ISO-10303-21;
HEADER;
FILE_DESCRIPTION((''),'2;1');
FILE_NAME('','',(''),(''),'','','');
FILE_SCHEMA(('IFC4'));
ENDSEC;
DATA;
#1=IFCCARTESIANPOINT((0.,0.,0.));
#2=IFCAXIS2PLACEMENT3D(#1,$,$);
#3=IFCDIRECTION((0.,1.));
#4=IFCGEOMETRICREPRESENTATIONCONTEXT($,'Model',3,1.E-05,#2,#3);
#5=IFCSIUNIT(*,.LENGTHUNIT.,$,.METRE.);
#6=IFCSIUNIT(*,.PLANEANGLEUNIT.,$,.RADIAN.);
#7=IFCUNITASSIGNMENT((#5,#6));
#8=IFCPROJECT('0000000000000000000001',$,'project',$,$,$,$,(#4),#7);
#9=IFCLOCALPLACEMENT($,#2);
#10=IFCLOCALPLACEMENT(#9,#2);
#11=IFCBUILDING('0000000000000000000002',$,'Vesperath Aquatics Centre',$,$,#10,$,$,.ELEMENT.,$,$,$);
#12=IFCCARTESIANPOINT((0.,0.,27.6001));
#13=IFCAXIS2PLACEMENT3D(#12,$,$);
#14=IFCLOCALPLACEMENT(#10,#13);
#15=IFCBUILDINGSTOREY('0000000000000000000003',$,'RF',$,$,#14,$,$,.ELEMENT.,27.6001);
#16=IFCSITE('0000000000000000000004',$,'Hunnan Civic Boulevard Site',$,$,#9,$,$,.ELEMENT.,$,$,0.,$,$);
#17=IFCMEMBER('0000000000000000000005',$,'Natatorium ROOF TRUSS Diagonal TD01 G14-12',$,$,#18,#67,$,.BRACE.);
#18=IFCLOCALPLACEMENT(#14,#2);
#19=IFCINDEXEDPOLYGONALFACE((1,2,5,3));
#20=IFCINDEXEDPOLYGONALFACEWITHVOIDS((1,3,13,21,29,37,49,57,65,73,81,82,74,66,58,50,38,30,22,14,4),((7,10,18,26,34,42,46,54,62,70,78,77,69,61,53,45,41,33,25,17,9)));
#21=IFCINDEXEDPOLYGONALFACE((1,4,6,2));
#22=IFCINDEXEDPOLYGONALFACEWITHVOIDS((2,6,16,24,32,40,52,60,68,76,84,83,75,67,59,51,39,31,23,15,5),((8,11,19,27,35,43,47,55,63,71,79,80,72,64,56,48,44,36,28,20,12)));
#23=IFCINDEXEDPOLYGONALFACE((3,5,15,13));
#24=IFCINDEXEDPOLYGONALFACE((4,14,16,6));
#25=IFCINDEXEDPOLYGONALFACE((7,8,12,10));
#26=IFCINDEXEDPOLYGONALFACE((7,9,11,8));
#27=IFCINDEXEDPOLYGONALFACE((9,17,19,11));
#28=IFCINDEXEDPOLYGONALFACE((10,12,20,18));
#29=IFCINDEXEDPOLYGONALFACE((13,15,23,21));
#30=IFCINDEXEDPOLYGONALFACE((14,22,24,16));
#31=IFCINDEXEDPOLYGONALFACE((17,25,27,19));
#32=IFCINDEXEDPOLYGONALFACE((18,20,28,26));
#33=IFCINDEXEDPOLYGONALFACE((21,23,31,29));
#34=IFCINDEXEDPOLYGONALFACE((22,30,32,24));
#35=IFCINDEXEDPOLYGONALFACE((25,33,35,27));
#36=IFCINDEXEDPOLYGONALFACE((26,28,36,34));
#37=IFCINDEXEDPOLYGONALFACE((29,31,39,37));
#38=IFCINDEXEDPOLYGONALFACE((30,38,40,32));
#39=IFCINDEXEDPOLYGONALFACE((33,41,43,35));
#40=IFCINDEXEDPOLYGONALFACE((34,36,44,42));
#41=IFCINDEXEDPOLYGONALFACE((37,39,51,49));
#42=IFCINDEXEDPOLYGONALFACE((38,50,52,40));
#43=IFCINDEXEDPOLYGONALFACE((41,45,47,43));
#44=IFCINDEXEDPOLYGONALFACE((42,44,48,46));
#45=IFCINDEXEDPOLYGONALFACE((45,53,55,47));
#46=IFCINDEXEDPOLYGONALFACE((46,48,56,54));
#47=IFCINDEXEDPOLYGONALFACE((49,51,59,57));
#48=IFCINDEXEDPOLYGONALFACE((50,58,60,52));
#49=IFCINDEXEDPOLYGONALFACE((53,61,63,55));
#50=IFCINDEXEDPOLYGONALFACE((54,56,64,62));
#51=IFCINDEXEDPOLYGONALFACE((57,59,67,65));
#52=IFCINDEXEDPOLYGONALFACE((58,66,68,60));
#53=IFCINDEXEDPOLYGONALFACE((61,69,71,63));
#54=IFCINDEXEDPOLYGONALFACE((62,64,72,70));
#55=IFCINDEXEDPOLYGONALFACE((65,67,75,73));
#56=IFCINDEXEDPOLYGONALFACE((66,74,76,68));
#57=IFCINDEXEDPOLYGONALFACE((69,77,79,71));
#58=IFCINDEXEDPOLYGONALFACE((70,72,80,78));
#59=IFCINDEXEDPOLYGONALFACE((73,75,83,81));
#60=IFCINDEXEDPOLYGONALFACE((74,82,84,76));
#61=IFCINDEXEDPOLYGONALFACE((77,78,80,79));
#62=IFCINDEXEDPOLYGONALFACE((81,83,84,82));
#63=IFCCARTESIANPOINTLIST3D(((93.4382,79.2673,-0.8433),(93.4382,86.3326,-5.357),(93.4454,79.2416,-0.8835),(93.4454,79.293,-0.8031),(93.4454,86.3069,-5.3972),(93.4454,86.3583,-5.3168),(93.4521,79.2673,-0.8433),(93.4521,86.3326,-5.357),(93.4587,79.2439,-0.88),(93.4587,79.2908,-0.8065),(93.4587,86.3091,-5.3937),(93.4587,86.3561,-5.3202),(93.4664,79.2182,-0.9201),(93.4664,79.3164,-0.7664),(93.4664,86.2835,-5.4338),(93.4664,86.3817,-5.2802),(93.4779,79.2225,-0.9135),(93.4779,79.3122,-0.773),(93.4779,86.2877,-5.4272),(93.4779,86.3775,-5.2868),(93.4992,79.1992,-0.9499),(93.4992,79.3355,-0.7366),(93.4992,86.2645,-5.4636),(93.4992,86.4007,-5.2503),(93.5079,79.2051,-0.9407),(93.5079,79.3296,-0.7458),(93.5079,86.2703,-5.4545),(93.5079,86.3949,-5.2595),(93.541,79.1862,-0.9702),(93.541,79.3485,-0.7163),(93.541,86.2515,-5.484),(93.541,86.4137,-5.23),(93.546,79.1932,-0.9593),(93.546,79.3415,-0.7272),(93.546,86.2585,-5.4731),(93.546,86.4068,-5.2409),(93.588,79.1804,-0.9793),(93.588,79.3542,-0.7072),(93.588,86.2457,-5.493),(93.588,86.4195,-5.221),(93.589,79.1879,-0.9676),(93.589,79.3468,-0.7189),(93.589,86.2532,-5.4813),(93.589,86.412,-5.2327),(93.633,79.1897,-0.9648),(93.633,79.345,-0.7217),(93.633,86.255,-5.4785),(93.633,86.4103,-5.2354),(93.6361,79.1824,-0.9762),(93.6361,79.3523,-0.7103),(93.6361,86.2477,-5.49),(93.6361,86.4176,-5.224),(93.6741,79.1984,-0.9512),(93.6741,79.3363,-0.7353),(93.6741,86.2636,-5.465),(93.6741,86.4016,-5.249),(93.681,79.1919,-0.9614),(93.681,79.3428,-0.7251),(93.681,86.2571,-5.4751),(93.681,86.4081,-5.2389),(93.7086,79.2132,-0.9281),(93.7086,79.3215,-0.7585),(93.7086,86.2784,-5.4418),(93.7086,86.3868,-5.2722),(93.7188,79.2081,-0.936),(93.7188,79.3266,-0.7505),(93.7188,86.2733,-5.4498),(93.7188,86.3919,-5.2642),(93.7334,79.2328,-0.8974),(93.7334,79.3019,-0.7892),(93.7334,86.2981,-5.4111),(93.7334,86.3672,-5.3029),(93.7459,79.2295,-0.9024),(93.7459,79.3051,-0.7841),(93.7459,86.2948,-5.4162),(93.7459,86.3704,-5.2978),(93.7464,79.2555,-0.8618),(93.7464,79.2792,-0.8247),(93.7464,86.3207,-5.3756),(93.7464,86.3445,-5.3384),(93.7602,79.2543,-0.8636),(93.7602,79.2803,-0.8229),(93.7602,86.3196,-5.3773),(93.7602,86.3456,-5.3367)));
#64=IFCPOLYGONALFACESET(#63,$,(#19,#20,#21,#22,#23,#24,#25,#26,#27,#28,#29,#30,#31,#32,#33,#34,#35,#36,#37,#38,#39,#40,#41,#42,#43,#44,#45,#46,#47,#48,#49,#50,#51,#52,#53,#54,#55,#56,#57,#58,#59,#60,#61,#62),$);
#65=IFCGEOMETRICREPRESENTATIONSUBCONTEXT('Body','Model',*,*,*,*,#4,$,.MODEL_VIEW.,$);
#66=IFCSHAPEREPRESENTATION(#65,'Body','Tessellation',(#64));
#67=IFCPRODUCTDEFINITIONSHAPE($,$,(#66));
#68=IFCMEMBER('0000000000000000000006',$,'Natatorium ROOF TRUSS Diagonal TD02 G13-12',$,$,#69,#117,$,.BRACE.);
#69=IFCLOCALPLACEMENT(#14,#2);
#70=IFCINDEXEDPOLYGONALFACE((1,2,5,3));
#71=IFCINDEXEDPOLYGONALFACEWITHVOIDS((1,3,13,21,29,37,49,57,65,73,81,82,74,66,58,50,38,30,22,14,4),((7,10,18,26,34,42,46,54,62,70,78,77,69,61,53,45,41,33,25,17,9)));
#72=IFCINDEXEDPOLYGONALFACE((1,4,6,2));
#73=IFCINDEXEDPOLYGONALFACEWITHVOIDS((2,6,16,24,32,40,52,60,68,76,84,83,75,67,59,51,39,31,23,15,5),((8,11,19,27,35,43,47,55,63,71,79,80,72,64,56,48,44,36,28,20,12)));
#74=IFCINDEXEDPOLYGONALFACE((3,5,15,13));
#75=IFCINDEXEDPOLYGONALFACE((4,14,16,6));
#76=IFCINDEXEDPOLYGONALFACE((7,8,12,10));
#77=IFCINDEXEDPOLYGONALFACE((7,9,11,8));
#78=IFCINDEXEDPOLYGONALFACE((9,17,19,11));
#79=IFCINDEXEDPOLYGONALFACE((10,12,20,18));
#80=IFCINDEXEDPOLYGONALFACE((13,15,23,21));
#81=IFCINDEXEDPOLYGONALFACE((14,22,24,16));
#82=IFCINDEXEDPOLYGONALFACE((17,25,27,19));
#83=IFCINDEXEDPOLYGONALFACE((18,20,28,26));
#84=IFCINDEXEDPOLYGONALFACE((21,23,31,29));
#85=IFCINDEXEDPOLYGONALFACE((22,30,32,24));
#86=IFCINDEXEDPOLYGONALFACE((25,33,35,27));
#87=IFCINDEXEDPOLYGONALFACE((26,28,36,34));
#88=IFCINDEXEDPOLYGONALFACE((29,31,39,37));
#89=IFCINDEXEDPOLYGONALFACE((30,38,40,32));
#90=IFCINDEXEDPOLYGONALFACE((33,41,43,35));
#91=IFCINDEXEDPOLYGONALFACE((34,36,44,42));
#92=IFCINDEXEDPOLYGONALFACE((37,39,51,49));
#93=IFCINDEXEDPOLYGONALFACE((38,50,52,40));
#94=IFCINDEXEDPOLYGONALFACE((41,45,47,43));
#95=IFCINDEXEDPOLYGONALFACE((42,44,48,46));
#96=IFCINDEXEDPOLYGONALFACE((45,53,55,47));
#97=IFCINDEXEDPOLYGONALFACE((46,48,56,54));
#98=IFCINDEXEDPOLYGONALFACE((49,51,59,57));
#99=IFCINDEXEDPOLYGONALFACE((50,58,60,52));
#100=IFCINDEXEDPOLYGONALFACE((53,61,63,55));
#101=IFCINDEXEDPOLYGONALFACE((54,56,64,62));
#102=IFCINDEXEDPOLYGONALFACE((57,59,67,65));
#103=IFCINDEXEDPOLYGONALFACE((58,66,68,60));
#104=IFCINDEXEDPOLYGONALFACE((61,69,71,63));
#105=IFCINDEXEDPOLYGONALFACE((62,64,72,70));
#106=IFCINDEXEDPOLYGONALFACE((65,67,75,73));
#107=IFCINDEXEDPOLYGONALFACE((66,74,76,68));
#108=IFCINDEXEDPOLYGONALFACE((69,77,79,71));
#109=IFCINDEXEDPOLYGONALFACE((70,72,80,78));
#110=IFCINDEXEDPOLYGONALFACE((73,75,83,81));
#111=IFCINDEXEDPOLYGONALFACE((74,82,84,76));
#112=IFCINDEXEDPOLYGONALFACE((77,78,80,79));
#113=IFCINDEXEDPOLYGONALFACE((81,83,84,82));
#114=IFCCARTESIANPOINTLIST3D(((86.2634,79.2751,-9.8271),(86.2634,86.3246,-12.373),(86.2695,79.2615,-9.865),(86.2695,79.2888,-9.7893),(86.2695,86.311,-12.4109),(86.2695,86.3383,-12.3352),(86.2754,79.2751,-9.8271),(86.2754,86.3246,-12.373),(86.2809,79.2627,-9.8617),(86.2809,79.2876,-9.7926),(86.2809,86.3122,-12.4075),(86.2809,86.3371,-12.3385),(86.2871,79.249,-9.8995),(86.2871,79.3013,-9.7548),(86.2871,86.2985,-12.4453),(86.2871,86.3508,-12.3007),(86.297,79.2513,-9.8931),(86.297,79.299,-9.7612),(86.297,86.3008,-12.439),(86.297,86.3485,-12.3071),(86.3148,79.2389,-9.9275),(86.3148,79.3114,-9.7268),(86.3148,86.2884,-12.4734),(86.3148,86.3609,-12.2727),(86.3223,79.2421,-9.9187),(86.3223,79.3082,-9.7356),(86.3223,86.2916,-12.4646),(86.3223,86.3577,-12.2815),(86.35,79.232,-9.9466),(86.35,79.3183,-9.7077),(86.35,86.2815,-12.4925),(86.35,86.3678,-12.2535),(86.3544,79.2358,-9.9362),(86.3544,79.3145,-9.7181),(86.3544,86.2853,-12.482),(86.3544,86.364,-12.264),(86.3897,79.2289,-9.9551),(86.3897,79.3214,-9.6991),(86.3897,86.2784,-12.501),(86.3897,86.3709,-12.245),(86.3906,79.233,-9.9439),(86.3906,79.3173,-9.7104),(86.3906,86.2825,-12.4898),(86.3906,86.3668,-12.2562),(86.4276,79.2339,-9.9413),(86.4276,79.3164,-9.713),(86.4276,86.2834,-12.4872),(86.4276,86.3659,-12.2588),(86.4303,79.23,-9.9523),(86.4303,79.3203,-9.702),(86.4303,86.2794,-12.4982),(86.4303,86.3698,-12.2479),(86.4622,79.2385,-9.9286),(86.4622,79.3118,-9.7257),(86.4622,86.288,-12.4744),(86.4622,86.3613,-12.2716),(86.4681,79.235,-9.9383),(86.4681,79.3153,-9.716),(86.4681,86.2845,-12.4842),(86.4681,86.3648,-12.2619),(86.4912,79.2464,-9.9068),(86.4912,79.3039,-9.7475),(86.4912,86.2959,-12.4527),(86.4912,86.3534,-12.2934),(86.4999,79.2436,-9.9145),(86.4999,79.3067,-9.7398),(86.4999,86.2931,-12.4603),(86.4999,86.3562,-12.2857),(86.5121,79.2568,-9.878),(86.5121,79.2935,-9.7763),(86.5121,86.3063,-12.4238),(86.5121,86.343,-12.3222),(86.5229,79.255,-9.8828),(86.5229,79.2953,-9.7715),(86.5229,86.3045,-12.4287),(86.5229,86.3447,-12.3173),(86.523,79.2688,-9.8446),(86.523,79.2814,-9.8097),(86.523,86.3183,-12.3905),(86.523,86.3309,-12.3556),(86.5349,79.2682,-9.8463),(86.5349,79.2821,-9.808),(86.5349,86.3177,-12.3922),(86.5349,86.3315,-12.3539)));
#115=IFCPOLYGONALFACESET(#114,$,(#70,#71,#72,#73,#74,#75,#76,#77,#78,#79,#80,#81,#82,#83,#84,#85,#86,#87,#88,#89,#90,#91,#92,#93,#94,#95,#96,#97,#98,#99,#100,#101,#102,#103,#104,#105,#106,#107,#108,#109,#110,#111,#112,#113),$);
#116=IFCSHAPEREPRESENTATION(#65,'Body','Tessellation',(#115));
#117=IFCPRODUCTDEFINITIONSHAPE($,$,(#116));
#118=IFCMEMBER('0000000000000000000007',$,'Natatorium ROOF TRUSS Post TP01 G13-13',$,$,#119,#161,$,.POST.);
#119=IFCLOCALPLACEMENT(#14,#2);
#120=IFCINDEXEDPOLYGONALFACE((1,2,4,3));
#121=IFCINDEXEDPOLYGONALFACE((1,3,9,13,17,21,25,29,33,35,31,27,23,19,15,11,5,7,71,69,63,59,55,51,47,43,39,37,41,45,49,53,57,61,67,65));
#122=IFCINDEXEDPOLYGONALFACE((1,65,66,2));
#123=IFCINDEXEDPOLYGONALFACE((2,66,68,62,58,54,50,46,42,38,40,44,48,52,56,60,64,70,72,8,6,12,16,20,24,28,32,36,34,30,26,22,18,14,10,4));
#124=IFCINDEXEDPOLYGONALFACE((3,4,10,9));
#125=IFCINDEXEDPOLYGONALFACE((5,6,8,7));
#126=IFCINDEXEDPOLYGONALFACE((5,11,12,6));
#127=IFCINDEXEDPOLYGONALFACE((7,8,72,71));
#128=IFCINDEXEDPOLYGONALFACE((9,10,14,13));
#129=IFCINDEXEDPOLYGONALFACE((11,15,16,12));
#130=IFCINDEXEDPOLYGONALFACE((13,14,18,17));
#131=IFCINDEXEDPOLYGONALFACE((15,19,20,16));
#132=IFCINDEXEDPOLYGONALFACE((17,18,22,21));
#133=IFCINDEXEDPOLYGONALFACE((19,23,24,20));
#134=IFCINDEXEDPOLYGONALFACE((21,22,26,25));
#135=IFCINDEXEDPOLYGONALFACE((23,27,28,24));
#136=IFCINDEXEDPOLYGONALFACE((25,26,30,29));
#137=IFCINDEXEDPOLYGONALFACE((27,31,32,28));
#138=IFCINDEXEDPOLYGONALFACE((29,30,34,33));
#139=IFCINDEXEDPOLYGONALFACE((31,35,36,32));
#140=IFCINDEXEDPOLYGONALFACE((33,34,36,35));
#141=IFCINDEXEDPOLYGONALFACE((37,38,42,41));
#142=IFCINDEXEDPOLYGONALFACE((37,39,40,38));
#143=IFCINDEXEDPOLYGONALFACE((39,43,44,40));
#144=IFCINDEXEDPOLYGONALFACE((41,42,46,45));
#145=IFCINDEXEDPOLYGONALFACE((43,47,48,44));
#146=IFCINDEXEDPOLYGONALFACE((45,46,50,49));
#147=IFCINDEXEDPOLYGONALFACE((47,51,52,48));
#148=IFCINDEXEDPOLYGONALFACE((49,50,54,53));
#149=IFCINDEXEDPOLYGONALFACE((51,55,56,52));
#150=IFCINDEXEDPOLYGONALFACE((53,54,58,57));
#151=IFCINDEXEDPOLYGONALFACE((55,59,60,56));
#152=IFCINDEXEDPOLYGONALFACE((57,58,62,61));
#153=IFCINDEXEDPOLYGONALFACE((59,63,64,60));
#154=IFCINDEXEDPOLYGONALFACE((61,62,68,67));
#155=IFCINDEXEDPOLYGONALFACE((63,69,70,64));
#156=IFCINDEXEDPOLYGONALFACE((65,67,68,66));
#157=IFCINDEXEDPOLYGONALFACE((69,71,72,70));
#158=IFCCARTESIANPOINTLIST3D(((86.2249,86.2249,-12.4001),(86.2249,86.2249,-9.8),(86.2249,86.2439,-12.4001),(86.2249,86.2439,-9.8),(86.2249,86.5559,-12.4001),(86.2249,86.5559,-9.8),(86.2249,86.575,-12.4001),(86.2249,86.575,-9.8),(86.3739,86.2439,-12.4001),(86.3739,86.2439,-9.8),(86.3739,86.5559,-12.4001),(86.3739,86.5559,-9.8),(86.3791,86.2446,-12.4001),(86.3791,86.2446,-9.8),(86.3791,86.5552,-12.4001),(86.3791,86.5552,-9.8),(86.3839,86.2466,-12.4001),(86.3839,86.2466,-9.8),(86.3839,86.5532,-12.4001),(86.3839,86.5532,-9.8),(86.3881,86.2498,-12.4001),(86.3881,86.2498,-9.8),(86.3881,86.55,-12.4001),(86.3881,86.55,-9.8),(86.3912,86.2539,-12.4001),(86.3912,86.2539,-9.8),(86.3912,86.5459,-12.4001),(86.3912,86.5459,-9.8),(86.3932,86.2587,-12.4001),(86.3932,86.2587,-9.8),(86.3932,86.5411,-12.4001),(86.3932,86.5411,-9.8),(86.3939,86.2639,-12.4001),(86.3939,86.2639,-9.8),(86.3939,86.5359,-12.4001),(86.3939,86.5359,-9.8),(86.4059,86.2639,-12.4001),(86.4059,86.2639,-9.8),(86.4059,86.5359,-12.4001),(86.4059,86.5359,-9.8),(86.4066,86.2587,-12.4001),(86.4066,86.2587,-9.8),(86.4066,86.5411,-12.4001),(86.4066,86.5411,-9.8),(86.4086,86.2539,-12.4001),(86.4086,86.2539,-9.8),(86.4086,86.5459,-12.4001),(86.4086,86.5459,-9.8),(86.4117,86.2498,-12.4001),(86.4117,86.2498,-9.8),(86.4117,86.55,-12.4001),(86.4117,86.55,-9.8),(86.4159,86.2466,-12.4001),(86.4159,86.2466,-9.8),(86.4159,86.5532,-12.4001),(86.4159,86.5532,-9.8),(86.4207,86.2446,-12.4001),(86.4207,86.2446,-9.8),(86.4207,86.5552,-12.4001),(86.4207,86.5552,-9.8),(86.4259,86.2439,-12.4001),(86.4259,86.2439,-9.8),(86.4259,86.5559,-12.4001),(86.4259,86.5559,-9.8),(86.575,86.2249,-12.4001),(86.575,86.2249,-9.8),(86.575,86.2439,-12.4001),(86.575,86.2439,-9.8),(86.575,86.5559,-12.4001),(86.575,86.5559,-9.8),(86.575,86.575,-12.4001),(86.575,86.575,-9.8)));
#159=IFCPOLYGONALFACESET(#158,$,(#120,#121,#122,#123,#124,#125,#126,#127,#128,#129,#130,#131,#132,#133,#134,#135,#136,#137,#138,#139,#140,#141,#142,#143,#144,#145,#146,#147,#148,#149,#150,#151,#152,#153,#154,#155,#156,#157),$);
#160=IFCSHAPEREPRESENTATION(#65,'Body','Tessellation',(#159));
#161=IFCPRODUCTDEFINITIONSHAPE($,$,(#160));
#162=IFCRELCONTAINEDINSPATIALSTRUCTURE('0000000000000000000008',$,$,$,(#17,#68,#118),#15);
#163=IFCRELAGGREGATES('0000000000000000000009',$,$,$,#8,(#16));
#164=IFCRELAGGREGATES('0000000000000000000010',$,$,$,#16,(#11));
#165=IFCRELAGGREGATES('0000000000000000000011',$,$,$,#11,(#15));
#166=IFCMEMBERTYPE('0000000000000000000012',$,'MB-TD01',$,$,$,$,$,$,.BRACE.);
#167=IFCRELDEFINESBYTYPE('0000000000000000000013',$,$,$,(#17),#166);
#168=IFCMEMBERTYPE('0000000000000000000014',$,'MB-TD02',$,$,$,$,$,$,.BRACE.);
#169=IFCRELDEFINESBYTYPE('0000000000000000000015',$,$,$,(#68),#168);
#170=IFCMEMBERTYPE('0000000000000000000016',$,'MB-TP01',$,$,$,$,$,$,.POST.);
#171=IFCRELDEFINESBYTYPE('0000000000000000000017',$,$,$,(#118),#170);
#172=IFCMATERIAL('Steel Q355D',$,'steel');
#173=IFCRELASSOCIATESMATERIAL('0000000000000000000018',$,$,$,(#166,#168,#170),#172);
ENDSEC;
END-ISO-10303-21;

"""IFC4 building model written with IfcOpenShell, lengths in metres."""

from ifc_helpers import new_model, si_unit, direction, frame, origin, origin_2d, place, context, subcontext, project, spatial, hollow_circle, i_section, extrude, material, material_profile, profile_set, type_object, element, save


model = new_model("IFC4")

# Units and contexts
model_context = context("Model", 3, precision=1e-05, world=origin(), true_north=direction((0.0, 1.0)))
body_context = subcontext(model_context, "Body", "Model", "MODEL_VIEW")
ifc_project = project(units=[si_unit("LENGTHUNIT", "METRE"), si_unit("PLANEANGLEUNIT", "RADIAN")], contexts=[model_context])

# Site, building, storey
site_placement = place(None, origin())
site = spatial("IfcSite", under=ifc_project, at=site_placement, Name="Hunnan Civic Boulevard Site", CompositionType="ELEMENT", RefElevation=0.0)
building_placement = place(site_placement, origin())
building = spatial("IfcBuilding", under=site, at=building_placement, Name="Vesperath Aquatics Centre", CompositionType="ELEMENT")
storey_placement = place(building_placement, frame((0.0, 0.0, 27.6001)))
storey = spatial("IfcBuildingStorey", under=building, at=storey_placement, Name="RF", CompositionType="ELEMENT", Elevation=27.6001)

# Members
ifc_material_1 = material(Name="Steel Q355D", Category="steel")
ifc_material_profile_1 = material_profile(ifc_material_1, hollow_circle(Radius=0.1619, WallThickness=0.0139, at=origin_2d()), Name="CHS 323.9x14")
ifc_profile_set_1 = profile_set([ifc_material_profile_1], Name="Steel Q355D")
member_type_1 = type_object("IfcMemberType", Name="MB-TD01", PredefinedType="BRACE", material=ifc_profile_set_1)
member_1_placement = place(storey_placement, frame((93.6001, 79.2673, -0.8433), z_axis=(0.0, 0.842707, -0.538373), x_axis=(-1.0, 0.0, 0.0)))
element("IfcMember", 1, at=member_1_placement, inside=storey, type_object=member_type_1, Name="Natatorium ROOF TRUSS Diagonal TD01 G14-12", PredefinedType="BRACE", context=body_context, shape_type="SweptSolid", body=[
    extrude(hollow_circle(Radius=0.1619, WallThickness=0.0139, at=origin_2d()), origin(), (0.0, 0.0, 1.0), 8.384),
])
ifc_material_profile_2 = material_profile(ifc_material_1, hollow_circle(Radius=0.1365, WallThickness=0.012, at=origin_2d()), Name="CHS 273.0x12")
ifc_profile_set_2 = profile_set([ifc_material_profile_2], Name="Steel Q355D")
member_type_2 = type_object("IfcMemberType", Name="MB-TD02", PredefinedType="BRACE", material=ifc_profile_set_2)
member_2_placement = place(storey_placement, frame((86.3999, 79.2751, -9.8271), z_axis=(0.0, 0.940544, -0.339671), x_axis=(-1.0, 0.0, 0.0)))
element("IfcMember", 2, at=member_2_placement, inside=storey, type_object=member_type_2, Name="Natatorium ROOF TRUSS Diagonal TD02 G13-12", PredefinedType="BRACE", context=body_context, shape_type="SweptSolid", body=[
    extrude(hollow_circle(Radius=0.1365, WallThickness=0.012, at=origin_2d()), origin(), (0.0, 0.0, 1.0), 7.4951),
])
ifc_material_profile_3 = material_profile(ifc_material_1, i_section(OverallWidth=0.3501, OverallDepth=0.3501, WebThickness=0.012, FlangeThickness=0.019, FilletRadius=0.02, at=origin_2d()), Name="HW 350x350x12x19")
ifc_profile_set_3 = profile_set([ifc_material_profile_3], Name="Steel Q355D")
member_type_3 = type_object("IfcMemberType", Name="MB-TP01", PredefinedType="POST", material=ifc_profile_set_3)
member_3_placement = place(storey_placement, frame((86.3999, 86.3999, -12.4001), z_axis=(0.0, 0.0, 1.0), x_axis=(1.0, 0.0, 0.0)))
element("IfcMember", 3, at=member_3_placement, inside=storey, type_object=member_type_3, Name="Natatorium ROOF TRUSS Post TP01 G13-13", PredefinedType="POST", context=body_context, shape_type="SweptSolid", body=[
    extrude(i_section(OverallWidth=0.3501, OverallDepth=0.3501, WebThickness=0.012, FlangeThickness=0.019, FilletRadius=0.02, at=origin_2d()), origin(), (0.0, 0.0, 1.0), 2.6001),
])

save(model, "model.ifc")
